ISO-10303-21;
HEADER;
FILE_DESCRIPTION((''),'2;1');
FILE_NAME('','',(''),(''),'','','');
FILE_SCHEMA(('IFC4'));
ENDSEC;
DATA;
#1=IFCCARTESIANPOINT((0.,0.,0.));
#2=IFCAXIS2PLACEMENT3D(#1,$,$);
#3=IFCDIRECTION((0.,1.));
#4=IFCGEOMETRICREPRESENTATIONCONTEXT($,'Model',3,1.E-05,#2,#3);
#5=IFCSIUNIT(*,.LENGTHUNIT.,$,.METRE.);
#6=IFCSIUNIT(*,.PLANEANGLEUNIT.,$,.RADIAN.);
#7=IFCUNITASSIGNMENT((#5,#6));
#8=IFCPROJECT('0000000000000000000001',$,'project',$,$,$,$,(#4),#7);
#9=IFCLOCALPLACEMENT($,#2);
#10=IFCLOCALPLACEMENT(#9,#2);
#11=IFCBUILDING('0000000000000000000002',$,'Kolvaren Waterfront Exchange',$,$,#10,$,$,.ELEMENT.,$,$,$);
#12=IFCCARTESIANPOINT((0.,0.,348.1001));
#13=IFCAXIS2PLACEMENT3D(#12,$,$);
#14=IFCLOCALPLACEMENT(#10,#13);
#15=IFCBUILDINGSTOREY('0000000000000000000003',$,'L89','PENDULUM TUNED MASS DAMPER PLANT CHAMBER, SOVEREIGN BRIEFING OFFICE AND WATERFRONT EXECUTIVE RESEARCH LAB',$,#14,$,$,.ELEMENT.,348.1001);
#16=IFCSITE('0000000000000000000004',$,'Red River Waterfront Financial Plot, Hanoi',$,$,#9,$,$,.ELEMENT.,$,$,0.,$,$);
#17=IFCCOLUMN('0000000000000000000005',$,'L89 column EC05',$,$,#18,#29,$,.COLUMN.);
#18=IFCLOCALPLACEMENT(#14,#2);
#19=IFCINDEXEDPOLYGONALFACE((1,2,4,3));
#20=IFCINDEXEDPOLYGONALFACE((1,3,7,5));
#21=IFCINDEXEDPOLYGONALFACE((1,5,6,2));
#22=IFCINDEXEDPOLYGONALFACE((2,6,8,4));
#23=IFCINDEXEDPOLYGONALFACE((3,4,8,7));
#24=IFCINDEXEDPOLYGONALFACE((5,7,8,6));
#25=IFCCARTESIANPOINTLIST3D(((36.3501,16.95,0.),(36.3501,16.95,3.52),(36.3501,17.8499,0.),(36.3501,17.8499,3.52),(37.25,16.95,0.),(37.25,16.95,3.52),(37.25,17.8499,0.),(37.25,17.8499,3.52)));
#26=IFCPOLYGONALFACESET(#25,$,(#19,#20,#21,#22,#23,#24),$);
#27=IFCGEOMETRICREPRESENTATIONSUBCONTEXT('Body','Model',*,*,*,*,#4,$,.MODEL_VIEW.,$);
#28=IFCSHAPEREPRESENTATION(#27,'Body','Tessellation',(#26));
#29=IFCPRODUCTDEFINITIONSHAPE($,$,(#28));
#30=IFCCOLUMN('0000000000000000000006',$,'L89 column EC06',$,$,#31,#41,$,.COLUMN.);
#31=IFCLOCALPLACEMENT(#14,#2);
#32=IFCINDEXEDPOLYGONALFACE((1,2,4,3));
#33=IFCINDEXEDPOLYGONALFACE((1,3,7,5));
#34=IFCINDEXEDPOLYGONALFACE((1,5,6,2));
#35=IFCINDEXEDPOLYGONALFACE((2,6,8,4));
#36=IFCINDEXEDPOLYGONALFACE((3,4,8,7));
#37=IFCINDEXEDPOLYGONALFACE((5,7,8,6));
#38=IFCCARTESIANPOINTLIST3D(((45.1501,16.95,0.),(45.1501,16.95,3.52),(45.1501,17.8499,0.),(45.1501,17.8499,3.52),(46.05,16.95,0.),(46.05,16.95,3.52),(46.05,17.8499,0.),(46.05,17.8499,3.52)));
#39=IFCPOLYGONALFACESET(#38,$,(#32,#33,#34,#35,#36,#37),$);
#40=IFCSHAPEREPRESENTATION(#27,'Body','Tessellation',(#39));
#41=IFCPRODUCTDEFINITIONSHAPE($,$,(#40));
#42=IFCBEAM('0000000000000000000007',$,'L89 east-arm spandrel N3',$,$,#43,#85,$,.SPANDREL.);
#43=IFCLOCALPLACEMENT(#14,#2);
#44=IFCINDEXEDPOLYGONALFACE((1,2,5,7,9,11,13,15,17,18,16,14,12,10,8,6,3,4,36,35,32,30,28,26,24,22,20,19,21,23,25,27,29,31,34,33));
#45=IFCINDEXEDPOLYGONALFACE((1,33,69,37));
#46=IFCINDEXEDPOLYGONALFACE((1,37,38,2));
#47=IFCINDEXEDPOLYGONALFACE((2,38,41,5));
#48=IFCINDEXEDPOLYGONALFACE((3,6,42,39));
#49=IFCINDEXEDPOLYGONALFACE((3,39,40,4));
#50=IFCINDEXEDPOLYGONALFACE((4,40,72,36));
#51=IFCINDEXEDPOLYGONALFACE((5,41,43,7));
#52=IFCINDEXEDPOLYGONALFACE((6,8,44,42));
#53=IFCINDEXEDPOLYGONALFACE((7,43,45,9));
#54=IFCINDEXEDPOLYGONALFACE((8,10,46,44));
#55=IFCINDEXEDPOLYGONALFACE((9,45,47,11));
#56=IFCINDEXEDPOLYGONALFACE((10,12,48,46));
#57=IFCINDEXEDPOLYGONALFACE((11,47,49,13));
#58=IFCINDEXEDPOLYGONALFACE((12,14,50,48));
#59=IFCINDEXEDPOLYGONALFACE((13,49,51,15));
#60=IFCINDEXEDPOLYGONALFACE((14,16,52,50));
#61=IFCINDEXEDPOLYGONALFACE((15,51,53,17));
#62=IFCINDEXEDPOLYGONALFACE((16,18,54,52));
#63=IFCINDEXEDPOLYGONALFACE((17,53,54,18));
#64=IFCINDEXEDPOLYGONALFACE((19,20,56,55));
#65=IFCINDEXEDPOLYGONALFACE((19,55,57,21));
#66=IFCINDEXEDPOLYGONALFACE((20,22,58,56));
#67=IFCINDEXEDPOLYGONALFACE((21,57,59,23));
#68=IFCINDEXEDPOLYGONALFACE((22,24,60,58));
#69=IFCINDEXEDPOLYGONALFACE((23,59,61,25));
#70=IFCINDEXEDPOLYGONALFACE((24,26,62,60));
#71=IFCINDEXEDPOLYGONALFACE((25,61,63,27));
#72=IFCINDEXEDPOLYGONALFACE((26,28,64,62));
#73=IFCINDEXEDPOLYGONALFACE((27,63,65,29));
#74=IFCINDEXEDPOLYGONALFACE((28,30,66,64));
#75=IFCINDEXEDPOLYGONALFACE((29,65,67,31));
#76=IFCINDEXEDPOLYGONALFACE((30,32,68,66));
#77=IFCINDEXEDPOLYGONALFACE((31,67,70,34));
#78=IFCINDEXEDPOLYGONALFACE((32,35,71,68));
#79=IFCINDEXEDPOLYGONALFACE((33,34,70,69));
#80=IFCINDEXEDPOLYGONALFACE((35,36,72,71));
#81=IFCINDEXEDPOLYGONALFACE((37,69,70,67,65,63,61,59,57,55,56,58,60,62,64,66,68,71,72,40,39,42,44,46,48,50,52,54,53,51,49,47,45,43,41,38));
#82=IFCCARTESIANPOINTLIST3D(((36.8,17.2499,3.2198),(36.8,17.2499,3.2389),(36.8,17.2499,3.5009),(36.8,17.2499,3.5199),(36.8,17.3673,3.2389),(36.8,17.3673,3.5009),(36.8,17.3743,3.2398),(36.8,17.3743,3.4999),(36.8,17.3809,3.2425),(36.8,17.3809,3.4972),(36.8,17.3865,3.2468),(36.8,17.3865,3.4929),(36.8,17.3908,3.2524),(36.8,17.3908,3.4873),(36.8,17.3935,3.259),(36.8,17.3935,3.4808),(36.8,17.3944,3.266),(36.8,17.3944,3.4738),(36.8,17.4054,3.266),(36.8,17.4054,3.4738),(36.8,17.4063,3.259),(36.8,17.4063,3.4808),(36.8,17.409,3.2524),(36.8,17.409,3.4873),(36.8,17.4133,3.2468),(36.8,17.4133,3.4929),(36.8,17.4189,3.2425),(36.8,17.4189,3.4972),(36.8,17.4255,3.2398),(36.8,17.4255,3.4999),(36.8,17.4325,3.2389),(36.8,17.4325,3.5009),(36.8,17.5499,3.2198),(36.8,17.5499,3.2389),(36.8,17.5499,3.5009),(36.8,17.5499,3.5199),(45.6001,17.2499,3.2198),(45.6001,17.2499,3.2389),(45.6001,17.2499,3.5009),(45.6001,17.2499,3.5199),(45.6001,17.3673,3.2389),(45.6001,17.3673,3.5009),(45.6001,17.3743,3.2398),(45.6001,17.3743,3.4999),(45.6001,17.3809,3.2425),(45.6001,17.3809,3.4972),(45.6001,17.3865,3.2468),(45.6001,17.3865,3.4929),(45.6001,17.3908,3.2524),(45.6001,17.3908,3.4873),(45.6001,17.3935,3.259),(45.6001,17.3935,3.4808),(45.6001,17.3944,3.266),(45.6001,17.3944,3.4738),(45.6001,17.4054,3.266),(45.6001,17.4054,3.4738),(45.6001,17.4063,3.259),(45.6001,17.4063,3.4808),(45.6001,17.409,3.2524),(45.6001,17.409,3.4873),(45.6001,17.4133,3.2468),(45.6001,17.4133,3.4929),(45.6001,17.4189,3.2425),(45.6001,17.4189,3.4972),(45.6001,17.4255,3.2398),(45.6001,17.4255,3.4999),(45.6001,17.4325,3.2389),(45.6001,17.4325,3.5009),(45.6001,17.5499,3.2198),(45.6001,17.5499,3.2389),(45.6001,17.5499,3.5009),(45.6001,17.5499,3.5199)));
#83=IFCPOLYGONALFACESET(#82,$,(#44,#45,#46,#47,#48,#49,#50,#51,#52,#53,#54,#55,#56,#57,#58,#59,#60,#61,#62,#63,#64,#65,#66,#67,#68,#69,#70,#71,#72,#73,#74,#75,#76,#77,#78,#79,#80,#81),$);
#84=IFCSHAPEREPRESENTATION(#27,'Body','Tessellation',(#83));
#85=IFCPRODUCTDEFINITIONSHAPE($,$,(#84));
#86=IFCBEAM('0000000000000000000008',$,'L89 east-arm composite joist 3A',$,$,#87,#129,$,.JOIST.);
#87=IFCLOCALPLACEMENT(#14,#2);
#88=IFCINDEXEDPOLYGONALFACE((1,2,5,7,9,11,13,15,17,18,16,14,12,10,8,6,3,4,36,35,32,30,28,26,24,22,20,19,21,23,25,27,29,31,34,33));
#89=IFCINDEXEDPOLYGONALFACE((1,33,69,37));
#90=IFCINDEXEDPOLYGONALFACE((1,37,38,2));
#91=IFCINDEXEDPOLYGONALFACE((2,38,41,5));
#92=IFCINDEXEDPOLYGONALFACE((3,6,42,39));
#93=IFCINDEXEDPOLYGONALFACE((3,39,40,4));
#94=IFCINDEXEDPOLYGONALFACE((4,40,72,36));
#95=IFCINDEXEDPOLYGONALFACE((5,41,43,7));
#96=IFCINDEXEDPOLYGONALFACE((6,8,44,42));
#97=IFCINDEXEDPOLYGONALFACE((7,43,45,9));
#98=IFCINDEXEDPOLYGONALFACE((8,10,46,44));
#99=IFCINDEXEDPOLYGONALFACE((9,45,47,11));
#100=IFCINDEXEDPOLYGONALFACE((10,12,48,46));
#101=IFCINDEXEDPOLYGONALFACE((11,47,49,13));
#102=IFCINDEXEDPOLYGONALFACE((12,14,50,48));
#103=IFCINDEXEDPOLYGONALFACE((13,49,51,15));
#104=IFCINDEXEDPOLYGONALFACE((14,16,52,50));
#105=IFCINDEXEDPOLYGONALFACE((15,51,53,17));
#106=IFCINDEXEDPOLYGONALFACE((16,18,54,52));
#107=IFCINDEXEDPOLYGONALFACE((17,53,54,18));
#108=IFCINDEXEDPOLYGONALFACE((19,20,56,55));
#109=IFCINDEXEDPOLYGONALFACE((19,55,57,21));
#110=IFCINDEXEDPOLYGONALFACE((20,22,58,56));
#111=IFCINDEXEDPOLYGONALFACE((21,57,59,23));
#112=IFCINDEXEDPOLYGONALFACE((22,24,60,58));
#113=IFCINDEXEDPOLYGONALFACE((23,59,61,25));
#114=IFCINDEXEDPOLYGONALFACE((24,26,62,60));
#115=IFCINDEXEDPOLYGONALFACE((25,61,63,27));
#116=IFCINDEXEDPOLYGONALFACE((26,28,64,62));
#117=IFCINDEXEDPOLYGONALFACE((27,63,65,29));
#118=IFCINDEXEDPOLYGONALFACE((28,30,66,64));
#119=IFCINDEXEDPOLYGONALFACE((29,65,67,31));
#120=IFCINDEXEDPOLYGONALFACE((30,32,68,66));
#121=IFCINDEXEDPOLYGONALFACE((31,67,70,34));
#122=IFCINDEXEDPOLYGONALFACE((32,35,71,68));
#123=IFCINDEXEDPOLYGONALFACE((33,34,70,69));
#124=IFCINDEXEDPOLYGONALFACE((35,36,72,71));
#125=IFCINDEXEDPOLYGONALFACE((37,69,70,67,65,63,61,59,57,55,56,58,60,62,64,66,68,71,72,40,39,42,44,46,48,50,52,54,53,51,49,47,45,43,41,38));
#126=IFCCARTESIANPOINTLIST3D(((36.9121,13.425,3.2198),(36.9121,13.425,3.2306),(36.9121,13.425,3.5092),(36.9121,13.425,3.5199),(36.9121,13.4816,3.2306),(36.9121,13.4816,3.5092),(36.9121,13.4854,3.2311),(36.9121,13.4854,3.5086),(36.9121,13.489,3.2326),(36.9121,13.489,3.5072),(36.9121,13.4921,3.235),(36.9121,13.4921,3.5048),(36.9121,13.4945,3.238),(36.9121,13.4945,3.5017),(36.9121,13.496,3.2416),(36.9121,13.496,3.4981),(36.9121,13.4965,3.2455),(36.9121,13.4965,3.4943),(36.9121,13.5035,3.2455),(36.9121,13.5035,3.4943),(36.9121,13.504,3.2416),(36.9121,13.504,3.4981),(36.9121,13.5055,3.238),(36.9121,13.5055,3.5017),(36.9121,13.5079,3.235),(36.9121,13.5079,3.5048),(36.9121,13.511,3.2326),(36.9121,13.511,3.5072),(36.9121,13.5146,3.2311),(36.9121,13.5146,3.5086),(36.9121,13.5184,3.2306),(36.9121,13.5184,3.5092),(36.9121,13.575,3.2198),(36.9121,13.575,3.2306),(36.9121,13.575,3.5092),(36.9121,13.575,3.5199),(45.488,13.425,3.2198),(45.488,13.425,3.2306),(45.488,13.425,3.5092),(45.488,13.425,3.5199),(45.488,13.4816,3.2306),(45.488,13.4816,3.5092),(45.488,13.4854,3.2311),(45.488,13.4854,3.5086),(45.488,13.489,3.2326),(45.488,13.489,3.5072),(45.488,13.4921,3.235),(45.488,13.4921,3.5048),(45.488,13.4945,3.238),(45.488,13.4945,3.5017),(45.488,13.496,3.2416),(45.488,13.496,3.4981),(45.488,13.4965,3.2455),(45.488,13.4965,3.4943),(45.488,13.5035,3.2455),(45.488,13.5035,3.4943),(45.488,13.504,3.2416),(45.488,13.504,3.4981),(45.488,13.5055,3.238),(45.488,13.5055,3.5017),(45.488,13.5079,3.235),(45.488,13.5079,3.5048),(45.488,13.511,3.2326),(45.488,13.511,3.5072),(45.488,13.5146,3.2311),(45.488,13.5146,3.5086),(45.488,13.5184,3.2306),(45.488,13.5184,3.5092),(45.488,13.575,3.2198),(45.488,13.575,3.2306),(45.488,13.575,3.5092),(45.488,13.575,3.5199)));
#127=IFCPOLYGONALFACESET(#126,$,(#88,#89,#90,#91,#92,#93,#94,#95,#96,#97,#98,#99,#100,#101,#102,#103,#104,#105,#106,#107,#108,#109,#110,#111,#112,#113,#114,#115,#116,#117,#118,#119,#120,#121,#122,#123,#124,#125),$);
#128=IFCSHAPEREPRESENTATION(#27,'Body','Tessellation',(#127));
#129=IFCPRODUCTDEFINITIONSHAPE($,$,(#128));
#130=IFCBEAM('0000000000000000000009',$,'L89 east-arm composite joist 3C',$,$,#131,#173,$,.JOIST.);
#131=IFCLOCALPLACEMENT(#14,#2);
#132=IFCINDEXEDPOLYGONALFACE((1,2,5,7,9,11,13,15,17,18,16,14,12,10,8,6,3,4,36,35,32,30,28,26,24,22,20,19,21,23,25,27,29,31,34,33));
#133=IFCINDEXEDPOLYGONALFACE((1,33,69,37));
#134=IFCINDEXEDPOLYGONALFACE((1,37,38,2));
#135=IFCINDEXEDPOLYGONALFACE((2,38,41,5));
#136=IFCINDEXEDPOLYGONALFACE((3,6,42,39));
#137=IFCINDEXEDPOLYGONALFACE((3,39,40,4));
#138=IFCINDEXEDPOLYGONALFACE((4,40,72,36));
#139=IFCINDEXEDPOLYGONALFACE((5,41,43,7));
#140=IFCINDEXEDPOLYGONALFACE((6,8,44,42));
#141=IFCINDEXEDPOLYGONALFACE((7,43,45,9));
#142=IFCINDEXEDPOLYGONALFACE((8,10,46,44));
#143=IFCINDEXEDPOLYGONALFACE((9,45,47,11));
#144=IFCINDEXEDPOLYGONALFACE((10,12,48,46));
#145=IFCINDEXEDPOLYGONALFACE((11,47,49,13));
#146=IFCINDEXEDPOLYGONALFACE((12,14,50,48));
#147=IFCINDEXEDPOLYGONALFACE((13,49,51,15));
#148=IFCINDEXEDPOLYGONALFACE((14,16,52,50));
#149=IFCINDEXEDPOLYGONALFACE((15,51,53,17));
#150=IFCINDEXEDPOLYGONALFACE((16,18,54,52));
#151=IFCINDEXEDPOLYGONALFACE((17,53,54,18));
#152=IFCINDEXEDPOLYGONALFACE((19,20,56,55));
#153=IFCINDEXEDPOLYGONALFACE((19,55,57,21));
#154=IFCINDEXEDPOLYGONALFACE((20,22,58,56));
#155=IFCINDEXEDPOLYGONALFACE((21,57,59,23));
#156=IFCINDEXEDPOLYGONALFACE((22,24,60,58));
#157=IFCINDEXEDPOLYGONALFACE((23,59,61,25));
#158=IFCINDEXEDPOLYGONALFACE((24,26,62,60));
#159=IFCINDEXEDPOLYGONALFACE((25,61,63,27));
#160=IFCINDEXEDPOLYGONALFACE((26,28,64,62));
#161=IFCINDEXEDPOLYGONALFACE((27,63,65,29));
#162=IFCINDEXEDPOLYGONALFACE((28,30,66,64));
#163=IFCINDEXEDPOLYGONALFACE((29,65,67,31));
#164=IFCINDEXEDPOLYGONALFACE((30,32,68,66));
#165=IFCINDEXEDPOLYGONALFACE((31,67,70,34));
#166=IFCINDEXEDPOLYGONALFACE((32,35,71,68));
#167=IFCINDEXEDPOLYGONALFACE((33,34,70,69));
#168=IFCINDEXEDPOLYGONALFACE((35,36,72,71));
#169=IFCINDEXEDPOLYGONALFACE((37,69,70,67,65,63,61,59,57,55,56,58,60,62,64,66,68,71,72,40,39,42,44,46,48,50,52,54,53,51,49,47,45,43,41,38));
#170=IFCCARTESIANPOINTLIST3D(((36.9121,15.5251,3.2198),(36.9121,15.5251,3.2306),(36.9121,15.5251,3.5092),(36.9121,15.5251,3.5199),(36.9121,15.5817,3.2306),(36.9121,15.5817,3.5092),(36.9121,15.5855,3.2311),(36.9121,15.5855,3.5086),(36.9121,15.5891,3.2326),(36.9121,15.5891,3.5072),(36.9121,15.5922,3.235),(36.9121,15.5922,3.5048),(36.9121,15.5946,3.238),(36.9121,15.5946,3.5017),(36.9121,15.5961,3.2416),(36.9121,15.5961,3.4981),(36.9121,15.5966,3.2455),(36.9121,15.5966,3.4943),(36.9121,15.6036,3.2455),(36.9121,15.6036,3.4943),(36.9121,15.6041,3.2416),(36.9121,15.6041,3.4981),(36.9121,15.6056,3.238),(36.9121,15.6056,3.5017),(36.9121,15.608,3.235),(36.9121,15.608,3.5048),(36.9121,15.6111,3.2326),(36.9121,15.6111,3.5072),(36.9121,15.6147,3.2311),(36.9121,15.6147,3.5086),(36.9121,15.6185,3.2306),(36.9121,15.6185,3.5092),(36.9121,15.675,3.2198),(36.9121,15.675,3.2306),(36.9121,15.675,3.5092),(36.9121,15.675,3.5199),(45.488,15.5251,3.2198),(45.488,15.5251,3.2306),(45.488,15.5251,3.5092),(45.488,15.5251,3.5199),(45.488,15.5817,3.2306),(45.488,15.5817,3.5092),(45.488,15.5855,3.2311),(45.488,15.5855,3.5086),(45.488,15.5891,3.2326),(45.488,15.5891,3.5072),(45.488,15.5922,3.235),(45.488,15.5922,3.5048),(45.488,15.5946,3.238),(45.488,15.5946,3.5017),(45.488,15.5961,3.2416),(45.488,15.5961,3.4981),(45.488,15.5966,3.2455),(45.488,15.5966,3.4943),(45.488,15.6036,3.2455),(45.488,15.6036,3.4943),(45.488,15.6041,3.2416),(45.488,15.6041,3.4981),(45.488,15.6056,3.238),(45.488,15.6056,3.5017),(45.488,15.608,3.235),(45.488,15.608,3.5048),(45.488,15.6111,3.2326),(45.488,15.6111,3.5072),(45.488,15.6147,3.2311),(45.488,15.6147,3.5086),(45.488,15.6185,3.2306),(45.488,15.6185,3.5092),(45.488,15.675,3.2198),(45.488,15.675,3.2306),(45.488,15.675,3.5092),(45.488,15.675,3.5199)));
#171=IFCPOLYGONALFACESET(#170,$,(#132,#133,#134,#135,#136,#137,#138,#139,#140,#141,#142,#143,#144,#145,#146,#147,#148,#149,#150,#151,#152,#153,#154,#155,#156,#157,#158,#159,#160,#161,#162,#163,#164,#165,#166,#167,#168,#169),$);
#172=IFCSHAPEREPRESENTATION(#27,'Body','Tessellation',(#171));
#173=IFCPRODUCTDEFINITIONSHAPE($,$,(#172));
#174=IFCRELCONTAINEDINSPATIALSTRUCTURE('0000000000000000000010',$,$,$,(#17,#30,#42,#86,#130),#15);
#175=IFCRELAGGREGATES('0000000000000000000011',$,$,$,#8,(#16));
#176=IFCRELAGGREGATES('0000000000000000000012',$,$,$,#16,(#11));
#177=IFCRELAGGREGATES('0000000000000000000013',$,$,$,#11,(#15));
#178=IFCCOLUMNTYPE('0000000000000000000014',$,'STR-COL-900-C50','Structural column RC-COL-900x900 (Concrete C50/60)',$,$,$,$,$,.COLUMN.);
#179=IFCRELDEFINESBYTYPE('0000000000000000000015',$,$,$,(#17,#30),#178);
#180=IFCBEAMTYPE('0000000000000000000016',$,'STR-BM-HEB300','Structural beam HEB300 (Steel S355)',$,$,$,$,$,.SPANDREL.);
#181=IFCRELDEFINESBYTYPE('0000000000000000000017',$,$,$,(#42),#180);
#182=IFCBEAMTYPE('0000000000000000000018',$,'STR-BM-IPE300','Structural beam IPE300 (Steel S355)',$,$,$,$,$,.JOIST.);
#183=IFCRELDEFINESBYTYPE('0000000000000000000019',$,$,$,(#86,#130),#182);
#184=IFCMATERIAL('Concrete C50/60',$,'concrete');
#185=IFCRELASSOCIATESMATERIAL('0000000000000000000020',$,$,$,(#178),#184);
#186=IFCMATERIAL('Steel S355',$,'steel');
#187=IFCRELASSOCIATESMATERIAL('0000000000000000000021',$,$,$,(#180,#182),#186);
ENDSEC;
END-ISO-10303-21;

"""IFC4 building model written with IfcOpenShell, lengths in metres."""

from ifc_helpers import new_model, si_unit, direction, frame, origin, origin_2d, place, context, subcontext, project, spatial, rectangle, i_section, extrude, material, material_profile, profile_set, type_object, element, save


model = new_model("IFC4")

# Units and contexts
model_context = context("Model", 3, precision=1e-05, world=origin(), true_north=direction((0.0, 1.0)))
body_context = subcontext(model_context, "Body", "Model", "MODEL_VIEW")
ifc_project = project(units=[si_unit("LENGTHUNIT", "METRE"), si_unit("PLANEANGLEUNIT", "RADIAN")], contexts=[model_context])

# Site, building, storey
site_placement = place(None, origin())
site = spatial("IfcSite", under=ifc_project, at=site_placement, Name="Red River Waterfront Financial Plot, Hanoi", CompositionType="ELEMENT", RefElevation=0.0)
building_placement = place(site_placement, origin())
building = spatial("IfcBuilding", under=site, at=building_placement, Name="Kolvaren Waterfront Exchange", CompositionType="ELEMENT")
storey_placement = place(building_placement, frame((0.0, 0.0, 348.1001)))
storey = spatial("IfcBuildingStorey", under=building, at=storey_placement, Name="L89", Description="PENDULUM TUNED MASS DAMPER PLANT CHAMBER, SOVEREIGN BRIEFING OFFICE AND WATERFRONT EXECUTIVE RESEARCH LAB", CompositionType="ELEMENT", Elevation=348.1001)

# Columns
ifc_material_1 = material(Name="Concrete C50/60", Category="concrete")
ifc_material_profile_1 = material_profile(ifc_material_1, rectangle(XDim=0.8999, YDim=0.8999, at=origin_2d()), Name="RC-COL-900x900")
ifc_profile_set_1 = profile_set([ifc_material_profile_1], Name="Concrete C50/60")
column_type = type_object("IfcColumnType", Name="STR-COL-900-C50", Description="Structural column RC-COL-900x900 (Concrete C50/60)", PredefinedType="COLUMN", material=ifc_profile_set_1)
for number, where, z_axis, x_axis, name in (
    (1, (36.8, 17.3999, 0.0), (0.0, 0.0, 1.0), (1.0, 0.0, 0.0), "L89 column EC05"),
    (2, (45.6001, 17.3999, 0.0), (0.0, 0.0, 1.0), (1.0, 0.0, 0.0), "L89 column EC06"),
):
    element("IfcColumn", number, at=place(storey_placement, frame(where, z_axis=z_axis, x_axis=x_axis)), inside=storey, type_object=column_type, Name=name, PredefinedType="COLUMN", context=body_context, shape_type="SweptSolid", body=[
        extrude(rectangle(XDim=0.8999, YDim=0.8999, at=origin_2d()), origin(), (0.0, 0.0, 1.0), 3.52),
    ])

# Beams
ifc_material_2 = material(Name="Steel S355", Category="steel")
ifc_material_profile_2 = material_profile(ifc_material_2, i_section(OverallWidth=0.3, OverallDepth=0.3, WebThickness=0.011, FlangeThickness=0.019, FilletRadius=0.0271, at=origin_2d()), Name="HEB300")
ifc_profile_set_2 = profile_set([ifc_material_profile_2], Name="Steel S355")
beam_type_1 = type_object("IfcBeamType", Name="STR-BM-HEB300", Description="Structural beam HEB300 (Steel S355)", PredefinedType="SPANDREL", material=ifc_profile_set_2)
beam_placement = place(storey_placement, frame((36.8, 17.3999, 3.3699), z_axis=(1.0, 0.0, 0.0), x_axis=(0.0, 1.0, 0.0)))
element("IfcBeam", 3, at=beam_placement, inside=storey, type_object=beam_type_1, Name="L89 east-arm spandrel N3", PredefinedType="SPANDREL", context=body_context, shape_type="SweptSolid", body=[
    extrude(i_section(OverallWidth=0.3, OverallDepth=0.3, WebThickness=0.011, FlangeThickness=0.019, FilletRadius=0.0271, at=origin_2d()), origin(), (0.0, 0.0, 1.0), 8.8),
])
ifc_material_profile_3 = material_profile(ifc_material_2, i_section(OverallWidth=0.1499, OverallDepth=0.3, WebThickness=0.0071, FlangeThickness=0.0107, FilletRadius=0.0149, at=origin_2d()), Name="IPE300")
ifc_profile_set_3 = profile_set([ifc_material_profile_3], Name="Steel S355")
beam_type_2 = type_object("IfcBeamType", Name="STR-BM-IPE300", Description="Structural beam IPE300 (Steel S355)", PredefinedType="JOIST", material=ifc_profile_set_3)
for number, where, z_axis, x_axis, name in (
    (4, (36.9121, 13.5, 3.3699), (1.0, 0.0, 0.0), (0.0, 1.0, 0.0), "L89 east-arm composite joist 3A"),
    (5, (36.9121, 15.6001, 3.3699), (1.0, 0.0, 0.0), (0.0, 1.0, 0.0), "L89 east-arm composite joist 3C"),
):
    element("IfcBeam", number, at=place(storey_placement, frame(where, z_axis=z_axis, x_axis=x_axis)), inside=storey, type_object=beam_type_2, Name=name, PredefinedType="JOIST", context=body_context, shape_type="SweptSolid", body=[
        extrude(i_section(OverallWidth=0.1499, OverallDepth=0.3, WebThickness=0.0071, FlangeThickness=0.0107, FilletRadius=0.0149, at=origin_2d()), origin(), (0.0, 0.0, 1.0), 8.5759),
    ])

save(model, "model.ifc")
